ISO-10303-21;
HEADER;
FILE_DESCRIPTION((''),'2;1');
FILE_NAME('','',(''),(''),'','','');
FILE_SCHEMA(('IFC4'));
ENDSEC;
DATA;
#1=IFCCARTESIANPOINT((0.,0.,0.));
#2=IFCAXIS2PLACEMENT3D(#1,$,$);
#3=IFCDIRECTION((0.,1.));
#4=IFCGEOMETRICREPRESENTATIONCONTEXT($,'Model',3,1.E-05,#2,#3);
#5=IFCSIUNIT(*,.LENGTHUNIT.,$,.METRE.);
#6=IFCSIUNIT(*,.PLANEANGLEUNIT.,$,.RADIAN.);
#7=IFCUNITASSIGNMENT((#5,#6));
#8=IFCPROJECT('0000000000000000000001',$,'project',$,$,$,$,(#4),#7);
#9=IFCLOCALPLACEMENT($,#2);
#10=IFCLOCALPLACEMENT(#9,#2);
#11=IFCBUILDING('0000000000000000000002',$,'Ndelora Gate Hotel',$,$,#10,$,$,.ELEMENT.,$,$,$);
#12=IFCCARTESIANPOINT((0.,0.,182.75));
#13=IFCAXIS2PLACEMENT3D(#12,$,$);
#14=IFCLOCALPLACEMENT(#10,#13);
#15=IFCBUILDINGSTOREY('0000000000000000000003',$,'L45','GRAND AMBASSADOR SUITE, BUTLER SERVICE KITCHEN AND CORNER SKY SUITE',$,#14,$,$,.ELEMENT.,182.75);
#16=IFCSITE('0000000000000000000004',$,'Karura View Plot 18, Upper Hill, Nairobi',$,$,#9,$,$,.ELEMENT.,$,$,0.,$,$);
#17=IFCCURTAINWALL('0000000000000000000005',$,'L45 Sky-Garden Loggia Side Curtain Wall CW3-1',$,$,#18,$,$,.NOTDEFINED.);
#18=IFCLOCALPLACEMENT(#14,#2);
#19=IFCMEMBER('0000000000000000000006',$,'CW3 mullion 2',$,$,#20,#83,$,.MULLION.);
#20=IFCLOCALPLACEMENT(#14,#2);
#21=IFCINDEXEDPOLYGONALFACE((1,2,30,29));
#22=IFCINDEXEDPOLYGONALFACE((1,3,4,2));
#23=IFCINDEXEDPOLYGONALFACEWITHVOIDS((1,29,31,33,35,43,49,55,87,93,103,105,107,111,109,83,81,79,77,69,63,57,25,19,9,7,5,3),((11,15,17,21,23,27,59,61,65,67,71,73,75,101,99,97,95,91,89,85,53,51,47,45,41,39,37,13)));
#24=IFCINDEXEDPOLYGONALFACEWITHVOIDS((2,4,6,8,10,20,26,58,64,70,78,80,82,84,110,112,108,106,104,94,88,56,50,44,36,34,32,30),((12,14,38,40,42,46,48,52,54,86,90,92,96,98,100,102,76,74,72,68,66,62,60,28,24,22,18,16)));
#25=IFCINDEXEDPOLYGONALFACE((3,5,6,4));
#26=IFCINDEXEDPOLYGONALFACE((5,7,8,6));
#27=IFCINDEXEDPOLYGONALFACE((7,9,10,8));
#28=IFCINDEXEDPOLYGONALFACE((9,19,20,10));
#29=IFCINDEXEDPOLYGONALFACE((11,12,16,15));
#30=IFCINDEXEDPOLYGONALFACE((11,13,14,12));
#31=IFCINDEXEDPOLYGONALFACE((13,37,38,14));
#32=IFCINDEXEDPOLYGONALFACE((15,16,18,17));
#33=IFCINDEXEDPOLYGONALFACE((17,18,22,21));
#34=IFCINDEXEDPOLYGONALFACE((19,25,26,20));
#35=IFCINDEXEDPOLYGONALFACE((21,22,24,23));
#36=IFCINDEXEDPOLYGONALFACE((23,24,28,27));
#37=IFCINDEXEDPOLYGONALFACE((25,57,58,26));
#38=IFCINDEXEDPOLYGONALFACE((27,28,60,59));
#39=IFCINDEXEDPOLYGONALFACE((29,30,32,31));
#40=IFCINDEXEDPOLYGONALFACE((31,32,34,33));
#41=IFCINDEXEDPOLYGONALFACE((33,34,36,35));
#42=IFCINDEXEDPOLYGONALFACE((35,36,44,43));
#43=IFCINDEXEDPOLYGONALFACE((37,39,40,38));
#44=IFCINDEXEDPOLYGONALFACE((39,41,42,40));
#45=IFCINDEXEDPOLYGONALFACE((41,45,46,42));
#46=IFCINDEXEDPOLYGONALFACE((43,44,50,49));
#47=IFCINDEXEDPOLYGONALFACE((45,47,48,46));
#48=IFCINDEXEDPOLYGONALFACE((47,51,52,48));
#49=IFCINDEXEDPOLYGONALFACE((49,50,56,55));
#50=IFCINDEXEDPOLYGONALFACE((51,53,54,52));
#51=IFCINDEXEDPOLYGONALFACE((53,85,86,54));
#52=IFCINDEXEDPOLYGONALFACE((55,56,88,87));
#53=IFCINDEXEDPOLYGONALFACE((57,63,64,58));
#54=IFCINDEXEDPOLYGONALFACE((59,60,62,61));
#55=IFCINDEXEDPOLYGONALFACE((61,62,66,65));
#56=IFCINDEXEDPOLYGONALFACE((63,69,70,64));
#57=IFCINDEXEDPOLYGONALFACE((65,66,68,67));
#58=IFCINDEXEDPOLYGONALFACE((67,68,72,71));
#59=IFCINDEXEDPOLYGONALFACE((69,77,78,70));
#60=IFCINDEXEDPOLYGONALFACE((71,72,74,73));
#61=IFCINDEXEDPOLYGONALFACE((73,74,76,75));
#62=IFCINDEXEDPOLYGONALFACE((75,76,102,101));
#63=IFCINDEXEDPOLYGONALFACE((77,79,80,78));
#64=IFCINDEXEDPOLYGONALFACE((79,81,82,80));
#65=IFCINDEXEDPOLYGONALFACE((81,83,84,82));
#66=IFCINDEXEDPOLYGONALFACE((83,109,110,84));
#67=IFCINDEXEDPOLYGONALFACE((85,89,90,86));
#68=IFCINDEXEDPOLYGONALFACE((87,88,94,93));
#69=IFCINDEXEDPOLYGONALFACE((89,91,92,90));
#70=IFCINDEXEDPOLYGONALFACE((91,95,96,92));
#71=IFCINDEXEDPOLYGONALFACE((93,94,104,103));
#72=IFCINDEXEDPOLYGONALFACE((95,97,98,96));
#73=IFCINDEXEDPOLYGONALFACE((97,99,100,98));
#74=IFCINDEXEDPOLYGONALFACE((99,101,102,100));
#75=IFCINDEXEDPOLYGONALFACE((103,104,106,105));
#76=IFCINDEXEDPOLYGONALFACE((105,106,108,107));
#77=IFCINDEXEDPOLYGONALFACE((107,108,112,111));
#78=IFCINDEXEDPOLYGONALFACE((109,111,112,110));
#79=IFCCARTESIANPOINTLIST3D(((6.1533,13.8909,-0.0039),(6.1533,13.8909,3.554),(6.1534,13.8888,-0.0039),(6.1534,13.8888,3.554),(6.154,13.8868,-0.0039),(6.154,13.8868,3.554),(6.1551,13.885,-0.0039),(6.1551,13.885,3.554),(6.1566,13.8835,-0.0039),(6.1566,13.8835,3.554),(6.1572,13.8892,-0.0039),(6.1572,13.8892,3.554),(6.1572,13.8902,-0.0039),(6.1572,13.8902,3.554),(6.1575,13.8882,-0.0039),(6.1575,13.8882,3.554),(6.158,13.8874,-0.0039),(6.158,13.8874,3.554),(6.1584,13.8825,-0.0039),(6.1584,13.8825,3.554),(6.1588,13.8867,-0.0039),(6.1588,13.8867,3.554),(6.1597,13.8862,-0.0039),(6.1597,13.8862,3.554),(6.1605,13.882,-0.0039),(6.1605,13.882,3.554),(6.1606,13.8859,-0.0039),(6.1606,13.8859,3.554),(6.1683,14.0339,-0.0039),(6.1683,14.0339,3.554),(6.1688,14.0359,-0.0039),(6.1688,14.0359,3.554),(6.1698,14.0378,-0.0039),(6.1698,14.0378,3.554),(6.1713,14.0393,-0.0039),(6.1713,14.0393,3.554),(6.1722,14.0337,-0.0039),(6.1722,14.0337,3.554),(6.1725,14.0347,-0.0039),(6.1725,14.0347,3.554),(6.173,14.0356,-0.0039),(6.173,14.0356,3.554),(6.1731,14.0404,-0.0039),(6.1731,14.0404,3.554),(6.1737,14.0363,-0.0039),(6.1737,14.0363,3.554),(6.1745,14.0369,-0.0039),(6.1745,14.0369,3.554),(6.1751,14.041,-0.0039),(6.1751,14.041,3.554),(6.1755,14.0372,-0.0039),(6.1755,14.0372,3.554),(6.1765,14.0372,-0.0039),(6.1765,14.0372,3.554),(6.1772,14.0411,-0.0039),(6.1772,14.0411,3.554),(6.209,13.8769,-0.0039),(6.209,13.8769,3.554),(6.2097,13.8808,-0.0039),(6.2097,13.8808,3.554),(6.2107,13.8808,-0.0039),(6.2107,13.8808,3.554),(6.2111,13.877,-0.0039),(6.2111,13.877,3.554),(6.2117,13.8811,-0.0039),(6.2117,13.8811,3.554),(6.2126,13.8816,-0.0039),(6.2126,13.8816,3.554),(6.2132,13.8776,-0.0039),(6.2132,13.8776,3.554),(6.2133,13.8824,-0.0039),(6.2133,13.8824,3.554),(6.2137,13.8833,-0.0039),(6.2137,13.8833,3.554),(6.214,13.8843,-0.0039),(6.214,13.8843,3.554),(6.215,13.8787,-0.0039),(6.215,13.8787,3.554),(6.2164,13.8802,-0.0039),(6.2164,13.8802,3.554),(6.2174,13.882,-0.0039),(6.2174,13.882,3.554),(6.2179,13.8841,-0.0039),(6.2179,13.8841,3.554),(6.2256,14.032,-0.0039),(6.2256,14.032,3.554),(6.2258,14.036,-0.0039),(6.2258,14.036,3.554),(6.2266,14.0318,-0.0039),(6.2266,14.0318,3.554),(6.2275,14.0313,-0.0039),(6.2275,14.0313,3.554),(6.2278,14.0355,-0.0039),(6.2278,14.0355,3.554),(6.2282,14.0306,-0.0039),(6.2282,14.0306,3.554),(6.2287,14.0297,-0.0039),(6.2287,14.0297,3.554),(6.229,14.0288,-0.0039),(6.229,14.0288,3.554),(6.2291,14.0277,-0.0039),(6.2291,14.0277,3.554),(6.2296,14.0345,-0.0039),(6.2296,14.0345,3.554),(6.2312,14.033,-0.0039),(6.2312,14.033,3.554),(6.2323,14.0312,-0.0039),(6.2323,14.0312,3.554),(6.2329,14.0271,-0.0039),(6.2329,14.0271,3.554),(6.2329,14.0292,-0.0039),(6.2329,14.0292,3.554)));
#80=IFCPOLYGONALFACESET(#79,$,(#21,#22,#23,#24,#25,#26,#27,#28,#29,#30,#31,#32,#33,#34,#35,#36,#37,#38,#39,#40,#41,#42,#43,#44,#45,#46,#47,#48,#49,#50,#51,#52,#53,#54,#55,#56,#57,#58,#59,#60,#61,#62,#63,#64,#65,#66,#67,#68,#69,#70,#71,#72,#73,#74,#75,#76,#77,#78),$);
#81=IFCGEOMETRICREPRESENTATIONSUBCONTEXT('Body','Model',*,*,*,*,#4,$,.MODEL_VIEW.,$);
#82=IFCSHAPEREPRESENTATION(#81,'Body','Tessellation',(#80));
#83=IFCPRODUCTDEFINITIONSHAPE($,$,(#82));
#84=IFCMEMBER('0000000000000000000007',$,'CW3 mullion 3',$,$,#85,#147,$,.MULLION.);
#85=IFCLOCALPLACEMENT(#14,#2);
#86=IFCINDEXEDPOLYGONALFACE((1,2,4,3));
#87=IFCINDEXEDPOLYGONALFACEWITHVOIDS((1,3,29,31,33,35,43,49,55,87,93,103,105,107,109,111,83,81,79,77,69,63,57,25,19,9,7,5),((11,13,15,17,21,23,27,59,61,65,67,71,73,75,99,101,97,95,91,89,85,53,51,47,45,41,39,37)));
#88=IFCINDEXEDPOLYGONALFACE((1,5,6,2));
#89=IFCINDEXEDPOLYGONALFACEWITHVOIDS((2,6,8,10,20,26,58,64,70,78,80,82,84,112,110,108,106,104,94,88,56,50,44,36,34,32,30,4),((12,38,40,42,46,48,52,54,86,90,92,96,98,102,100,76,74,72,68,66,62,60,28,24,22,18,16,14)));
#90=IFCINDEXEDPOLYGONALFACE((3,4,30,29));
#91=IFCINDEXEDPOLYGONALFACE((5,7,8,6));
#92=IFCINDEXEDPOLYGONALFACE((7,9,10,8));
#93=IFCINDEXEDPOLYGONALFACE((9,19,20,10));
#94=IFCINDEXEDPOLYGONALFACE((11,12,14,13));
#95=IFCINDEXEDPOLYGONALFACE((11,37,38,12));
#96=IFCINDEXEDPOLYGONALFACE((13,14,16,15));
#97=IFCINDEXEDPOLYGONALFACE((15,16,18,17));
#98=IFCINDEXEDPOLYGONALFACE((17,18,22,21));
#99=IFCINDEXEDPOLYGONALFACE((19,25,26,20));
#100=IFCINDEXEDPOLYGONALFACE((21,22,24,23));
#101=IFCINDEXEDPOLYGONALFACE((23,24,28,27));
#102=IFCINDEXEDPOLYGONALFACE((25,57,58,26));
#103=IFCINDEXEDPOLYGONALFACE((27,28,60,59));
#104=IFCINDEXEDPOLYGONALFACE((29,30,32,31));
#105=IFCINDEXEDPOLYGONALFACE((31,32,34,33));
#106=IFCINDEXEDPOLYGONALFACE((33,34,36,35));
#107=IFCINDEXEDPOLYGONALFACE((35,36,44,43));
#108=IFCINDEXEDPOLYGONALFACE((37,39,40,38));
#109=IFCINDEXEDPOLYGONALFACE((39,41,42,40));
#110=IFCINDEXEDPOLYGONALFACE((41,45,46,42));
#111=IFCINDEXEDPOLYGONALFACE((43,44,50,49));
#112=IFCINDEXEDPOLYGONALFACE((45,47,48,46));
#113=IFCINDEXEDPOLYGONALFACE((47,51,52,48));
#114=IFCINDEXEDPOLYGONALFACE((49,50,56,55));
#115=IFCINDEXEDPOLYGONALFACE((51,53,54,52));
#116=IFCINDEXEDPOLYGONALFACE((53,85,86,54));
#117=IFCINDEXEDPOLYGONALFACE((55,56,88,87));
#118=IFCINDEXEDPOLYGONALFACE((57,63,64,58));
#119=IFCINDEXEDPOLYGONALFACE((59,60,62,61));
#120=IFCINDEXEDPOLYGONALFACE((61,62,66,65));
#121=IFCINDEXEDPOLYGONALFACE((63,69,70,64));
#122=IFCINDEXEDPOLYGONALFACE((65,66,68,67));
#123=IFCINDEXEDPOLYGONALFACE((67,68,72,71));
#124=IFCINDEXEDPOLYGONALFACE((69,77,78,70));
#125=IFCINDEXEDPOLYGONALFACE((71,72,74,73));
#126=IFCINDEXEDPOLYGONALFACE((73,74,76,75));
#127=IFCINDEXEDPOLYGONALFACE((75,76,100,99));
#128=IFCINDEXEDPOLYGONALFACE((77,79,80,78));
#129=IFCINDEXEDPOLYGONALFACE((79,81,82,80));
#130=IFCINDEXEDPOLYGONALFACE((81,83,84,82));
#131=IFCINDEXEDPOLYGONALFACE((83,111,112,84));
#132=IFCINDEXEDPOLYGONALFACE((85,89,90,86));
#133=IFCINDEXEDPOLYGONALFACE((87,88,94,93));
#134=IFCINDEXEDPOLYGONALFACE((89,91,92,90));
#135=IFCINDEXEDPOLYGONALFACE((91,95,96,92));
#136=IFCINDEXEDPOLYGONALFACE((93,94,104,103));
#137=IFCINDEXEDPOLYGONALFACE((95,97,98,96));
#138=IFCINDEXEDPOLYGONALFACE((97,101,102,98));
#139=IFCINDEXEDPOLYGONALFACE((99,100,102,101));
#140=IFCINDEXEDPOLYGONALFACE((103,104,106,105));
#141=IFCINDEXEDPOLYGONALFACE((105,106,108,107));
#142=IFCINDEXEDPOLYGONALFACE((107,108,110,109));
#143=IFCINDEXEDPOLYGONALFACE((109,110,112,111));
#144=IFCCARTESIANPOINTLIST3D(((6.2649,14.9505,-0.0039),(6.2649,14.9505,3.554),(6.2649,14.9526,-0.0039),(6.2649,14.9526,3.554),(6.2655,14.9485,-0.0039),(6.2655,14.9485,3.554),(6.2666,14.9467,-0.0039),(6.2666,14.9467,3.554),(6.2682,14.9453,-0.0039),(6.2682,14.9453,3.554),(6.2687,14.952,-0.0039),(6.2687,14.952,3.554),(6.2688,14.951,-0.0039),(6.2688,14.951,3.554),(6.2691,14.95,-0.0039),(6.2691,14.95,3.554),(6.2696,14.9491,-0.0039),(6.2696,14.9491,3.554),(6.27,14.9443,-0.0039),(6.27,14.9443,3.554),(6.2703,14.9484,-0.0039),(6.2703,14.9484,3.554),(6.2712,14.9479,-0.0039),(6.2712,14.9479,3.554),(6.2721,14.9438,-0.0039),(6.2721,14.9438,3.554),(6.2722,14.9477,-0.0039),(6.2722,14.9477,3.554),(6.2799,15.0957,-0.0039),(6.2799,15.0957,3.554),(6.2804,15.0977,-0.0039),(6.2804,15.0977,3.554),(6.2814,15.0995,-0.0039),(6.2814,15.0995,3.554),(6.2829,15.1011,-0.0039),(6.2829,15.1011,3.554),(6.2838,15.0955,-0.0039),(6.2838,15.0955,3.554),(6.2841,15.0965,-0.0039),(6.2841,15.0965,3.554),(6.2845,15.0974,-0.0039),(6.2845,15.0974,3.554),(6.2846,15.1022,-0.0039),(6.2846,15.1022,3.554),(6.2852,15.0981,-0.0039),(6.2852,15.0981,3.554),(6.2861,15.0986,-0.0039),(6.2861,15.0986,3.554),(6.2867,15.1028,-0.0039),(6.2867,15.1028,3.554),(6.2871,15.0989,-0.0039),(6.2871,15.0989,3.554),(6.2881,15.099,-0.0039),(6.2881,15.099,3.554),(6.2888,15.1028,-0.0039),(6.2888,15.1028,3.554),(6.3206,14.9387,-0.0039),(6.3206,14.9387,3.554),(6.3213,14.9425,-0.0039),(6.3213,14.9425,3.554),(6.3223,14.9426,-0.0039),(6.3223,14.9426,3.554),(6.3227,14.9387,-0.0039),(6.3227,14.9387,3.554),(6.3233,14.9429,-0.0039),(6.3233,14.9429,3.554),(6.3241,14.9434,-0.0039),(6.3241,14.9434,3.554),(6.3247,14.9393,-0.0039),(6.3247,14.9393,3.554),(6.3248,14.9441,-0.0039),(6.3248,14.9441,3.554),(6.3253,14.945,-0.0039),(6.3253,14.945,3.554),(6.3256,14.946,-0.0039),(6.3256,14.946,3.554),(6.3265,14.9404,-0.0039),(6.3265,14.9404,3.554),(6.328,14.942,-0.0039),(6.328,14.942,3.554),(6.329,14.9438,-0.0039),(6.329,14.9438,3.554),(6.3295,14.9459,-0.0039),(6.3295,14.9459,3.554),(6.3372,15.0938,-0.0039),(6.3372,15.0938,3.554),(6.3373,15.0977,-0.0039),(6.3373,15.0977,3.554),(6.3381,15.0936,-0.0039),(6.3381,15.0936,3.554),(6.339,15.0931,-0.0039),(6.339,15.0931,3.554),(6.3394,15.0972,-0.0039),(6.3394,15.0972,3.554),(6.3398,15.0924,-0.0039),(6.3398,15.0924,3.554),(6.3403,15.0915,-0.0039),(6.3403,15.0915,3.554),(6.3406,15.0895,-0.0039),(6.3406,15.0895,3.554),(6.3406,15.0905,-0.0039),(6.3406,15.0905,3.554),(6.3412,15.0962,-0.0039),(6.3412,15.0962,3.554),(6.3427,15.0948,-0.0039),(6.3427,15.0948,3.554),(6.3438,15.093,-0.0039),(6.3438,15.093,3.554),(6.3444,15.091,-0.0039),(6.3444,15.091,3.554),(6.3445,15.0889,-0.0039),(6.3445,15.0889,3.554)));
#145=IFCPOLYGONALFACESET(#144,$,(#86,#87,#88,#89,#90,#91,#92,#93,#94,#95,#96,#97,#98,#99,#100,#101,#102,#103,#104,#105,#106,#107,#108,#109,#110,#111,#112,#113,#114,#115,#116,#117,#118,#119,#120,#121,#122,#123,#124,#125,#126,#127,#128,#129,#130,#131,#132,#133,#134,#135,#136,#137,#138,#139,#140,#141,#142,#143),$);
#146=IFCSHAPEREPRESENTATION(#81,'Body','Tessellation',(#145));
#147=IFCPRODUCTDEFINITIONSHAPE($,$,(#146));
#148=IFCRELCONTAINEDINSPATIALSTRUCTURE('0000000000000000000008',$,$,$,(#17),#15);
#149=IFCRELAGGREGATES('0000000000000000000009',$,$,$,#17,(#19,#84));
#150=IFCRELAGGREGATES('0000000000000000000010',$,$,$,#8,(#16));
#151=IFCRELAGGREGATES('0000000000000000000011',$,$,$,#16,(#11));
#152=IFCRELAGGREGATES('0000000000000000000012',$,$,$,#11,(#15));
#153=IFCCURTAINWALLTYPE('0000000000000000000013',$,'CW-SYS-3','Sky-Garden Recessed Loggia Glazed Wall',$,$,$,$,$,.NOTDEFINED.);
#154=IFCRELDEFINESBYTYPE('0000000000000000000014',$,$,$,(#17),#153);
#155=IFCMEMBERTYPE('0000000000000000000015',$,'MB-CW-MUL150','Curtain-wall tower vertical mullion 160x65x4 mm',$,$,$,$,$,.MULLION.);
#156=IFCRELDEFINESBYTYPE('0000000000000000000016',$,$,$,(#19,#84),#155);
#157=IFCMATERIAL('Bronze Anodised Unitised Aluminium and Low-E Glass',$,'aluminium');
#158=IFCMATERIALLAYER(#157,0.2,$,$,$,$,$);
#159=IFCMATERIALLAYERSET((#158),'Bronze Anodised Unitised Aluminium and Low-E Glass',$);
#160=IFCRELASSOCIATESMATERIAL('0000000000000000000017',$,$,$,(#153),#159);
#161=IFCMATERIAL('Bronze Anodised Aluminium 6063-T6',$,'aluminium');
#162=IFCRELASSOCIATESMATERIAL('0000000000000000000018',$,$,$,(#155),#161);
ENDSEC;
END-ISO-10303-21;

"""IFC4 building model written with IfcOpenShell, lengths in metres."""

from ifc_helpers import new_model, si_unit, direction, frame, origin, origin_2d, place, context, subcontext, project, spatial, hollow_rectangle, extrude, material, layer, layer_set, material_profile, profile_set, type_object, element, aggregate, save


model = new_model("IFC4")

# Units and contexts
model_context = context("Model", 3, precision=1e-05, world=origin(), true_north=direction((0.0, 1.0)))
body_context = subcontext(model_context, "Body", "Model", "MODEL_VIEW")
ifc_project = project(units=[si_unit("LENGTHUNIT", "METRE"), si_unit("PLANEANGLEUNIT", "RADIAN")], contexts=[model_context])

# Site, building, storey
site_placement = place(None, origin())
site = spatial("IfcSite", under=ifc_project, at=site_placement, Name="Karura View Plot 18, Upper Hill, Nairobi", CompositionType="ELEMENT", RefElevation=0.0)
building_placement = place(site_placement, origin())
building = spatial("IfcBuilding", under=site, at=building_placement, Name="Ndelora Gate Hotel", CompositionType="ELEMENT")
storey_placement = place(building_placement, frame((0.0, 0.0, 182.75)))
storey = spatial("IfcBuildingStorey", under=building, at=storey_placement, Name="L45", Description="GRAND AMBASSADOR SUITE, BUTLER SERVICE KITCHEN AND CORNER SKY SUITE", CompositionType="ELEMENT", Elevation=182.75)

# Curtain wall, members
ifc_material_1 = material(Name="Bronze Anodised Unitised Aluminium and Low-E Glass", Category="aluminium")
ifc_layer_1 = layer(ifc_material_1, 0.2)
ifc_layer_set_1 = layer_set([ifc_layer_1], Name="Bronze Anodised Unitised Aluminium and Low-E Glass")
curtain_wall_type = type_object("IfcCurtainWallType", Name="CW-SYS-3", Description="Sky-Garden Recessed Loggia Glazed Wall", PredefinedType="NOTDEFINED", material=ifc_layer_set_1)
curtain_wall_placement = place(storey_placement, origin())
curtain_wall = element("IfcCurtainWall", 1, at=curtain_wall_placement, inside=storey, type_object=curtain_wall_type, Name="L45 Sky-Garden Loggia Side Curtain Wall CW3-1", PredefinedType="NOTDEFINED")
ifc_material_2 = material(Name="Bronze Anodised Aluminium 6063-T6", Category="aluminium")
ifc_material_profile_1 = material_profile(ifc_material_2, hollow_rectangle(XDim=0.0649, YDim=0.1599, WallThickness=0.0039, InnerFilletRadius=0.0039, OuterFilletRadius=0.0081, at=origin_2d()), Name="ALU 160x65x4")
ifc_profile_set_1 = profile_set([ifc_material_profile_1], Name="Bronze Anodised Aluminium 6063-T6")
member_type_1 = type_object("IfcMemberType", Name="MB-CW-MUL150", Description="Curtain-wall tower vertical mullion 160x65x4 mm", PredefinedType="MULLION", material=ifc_profile_set_1)
member_1_placement = place(storey_placement, frame((6.1931, 13.959, -0.0039), z_axis=(0.0, 0.0, 1.0), x_axis=(-0.994525, 0.104498, 0.0)))
member_1 = element("IfcMember", 2, at=member_1_placement, type_object=member_type_1, Name="CW3 mullion 2", PredefinedType="MULLION", context=body_context, shape_type="SweptSolid", body=[
    extrude(hollow_rectangle(XDim=0.0649, YDim=0.1599, WallThickness=0.0039, InnerFilletRadius=0.0039, OuterFilletRadius=0.0081, at=origin_2d()), origin(), (0.0, 0.0, 1.0), 3.5579),
])
member_2_placement = place(storey_placement, frame((6.3047, 15.0208, -0.0039), z_axis=(0.0, 0.0, 1.0), x_axis=(-0.994525, 0.104498, 0.0)))
member_2 = element("IfcMember", 3, at=member_2_placement, type_object=member_type_1, Name="CW3 mullion 3", PredefinedType="MULLION", context=body_context, shape_type="SweptSolid", body=[
    extrude(hollow_rectangle(XDim=0.0649, YDim=0.1599, WallThickness=0.0039, InnerFilletRadius=0.0039, OuterFilletRadius=0.0081, at=origin_2d()), origin(), (0.0, 0.0, 1.0), 3.5579),
])
aggregate(curtain_wall, [member_1, member_2])

save(model, "model.ifc")
